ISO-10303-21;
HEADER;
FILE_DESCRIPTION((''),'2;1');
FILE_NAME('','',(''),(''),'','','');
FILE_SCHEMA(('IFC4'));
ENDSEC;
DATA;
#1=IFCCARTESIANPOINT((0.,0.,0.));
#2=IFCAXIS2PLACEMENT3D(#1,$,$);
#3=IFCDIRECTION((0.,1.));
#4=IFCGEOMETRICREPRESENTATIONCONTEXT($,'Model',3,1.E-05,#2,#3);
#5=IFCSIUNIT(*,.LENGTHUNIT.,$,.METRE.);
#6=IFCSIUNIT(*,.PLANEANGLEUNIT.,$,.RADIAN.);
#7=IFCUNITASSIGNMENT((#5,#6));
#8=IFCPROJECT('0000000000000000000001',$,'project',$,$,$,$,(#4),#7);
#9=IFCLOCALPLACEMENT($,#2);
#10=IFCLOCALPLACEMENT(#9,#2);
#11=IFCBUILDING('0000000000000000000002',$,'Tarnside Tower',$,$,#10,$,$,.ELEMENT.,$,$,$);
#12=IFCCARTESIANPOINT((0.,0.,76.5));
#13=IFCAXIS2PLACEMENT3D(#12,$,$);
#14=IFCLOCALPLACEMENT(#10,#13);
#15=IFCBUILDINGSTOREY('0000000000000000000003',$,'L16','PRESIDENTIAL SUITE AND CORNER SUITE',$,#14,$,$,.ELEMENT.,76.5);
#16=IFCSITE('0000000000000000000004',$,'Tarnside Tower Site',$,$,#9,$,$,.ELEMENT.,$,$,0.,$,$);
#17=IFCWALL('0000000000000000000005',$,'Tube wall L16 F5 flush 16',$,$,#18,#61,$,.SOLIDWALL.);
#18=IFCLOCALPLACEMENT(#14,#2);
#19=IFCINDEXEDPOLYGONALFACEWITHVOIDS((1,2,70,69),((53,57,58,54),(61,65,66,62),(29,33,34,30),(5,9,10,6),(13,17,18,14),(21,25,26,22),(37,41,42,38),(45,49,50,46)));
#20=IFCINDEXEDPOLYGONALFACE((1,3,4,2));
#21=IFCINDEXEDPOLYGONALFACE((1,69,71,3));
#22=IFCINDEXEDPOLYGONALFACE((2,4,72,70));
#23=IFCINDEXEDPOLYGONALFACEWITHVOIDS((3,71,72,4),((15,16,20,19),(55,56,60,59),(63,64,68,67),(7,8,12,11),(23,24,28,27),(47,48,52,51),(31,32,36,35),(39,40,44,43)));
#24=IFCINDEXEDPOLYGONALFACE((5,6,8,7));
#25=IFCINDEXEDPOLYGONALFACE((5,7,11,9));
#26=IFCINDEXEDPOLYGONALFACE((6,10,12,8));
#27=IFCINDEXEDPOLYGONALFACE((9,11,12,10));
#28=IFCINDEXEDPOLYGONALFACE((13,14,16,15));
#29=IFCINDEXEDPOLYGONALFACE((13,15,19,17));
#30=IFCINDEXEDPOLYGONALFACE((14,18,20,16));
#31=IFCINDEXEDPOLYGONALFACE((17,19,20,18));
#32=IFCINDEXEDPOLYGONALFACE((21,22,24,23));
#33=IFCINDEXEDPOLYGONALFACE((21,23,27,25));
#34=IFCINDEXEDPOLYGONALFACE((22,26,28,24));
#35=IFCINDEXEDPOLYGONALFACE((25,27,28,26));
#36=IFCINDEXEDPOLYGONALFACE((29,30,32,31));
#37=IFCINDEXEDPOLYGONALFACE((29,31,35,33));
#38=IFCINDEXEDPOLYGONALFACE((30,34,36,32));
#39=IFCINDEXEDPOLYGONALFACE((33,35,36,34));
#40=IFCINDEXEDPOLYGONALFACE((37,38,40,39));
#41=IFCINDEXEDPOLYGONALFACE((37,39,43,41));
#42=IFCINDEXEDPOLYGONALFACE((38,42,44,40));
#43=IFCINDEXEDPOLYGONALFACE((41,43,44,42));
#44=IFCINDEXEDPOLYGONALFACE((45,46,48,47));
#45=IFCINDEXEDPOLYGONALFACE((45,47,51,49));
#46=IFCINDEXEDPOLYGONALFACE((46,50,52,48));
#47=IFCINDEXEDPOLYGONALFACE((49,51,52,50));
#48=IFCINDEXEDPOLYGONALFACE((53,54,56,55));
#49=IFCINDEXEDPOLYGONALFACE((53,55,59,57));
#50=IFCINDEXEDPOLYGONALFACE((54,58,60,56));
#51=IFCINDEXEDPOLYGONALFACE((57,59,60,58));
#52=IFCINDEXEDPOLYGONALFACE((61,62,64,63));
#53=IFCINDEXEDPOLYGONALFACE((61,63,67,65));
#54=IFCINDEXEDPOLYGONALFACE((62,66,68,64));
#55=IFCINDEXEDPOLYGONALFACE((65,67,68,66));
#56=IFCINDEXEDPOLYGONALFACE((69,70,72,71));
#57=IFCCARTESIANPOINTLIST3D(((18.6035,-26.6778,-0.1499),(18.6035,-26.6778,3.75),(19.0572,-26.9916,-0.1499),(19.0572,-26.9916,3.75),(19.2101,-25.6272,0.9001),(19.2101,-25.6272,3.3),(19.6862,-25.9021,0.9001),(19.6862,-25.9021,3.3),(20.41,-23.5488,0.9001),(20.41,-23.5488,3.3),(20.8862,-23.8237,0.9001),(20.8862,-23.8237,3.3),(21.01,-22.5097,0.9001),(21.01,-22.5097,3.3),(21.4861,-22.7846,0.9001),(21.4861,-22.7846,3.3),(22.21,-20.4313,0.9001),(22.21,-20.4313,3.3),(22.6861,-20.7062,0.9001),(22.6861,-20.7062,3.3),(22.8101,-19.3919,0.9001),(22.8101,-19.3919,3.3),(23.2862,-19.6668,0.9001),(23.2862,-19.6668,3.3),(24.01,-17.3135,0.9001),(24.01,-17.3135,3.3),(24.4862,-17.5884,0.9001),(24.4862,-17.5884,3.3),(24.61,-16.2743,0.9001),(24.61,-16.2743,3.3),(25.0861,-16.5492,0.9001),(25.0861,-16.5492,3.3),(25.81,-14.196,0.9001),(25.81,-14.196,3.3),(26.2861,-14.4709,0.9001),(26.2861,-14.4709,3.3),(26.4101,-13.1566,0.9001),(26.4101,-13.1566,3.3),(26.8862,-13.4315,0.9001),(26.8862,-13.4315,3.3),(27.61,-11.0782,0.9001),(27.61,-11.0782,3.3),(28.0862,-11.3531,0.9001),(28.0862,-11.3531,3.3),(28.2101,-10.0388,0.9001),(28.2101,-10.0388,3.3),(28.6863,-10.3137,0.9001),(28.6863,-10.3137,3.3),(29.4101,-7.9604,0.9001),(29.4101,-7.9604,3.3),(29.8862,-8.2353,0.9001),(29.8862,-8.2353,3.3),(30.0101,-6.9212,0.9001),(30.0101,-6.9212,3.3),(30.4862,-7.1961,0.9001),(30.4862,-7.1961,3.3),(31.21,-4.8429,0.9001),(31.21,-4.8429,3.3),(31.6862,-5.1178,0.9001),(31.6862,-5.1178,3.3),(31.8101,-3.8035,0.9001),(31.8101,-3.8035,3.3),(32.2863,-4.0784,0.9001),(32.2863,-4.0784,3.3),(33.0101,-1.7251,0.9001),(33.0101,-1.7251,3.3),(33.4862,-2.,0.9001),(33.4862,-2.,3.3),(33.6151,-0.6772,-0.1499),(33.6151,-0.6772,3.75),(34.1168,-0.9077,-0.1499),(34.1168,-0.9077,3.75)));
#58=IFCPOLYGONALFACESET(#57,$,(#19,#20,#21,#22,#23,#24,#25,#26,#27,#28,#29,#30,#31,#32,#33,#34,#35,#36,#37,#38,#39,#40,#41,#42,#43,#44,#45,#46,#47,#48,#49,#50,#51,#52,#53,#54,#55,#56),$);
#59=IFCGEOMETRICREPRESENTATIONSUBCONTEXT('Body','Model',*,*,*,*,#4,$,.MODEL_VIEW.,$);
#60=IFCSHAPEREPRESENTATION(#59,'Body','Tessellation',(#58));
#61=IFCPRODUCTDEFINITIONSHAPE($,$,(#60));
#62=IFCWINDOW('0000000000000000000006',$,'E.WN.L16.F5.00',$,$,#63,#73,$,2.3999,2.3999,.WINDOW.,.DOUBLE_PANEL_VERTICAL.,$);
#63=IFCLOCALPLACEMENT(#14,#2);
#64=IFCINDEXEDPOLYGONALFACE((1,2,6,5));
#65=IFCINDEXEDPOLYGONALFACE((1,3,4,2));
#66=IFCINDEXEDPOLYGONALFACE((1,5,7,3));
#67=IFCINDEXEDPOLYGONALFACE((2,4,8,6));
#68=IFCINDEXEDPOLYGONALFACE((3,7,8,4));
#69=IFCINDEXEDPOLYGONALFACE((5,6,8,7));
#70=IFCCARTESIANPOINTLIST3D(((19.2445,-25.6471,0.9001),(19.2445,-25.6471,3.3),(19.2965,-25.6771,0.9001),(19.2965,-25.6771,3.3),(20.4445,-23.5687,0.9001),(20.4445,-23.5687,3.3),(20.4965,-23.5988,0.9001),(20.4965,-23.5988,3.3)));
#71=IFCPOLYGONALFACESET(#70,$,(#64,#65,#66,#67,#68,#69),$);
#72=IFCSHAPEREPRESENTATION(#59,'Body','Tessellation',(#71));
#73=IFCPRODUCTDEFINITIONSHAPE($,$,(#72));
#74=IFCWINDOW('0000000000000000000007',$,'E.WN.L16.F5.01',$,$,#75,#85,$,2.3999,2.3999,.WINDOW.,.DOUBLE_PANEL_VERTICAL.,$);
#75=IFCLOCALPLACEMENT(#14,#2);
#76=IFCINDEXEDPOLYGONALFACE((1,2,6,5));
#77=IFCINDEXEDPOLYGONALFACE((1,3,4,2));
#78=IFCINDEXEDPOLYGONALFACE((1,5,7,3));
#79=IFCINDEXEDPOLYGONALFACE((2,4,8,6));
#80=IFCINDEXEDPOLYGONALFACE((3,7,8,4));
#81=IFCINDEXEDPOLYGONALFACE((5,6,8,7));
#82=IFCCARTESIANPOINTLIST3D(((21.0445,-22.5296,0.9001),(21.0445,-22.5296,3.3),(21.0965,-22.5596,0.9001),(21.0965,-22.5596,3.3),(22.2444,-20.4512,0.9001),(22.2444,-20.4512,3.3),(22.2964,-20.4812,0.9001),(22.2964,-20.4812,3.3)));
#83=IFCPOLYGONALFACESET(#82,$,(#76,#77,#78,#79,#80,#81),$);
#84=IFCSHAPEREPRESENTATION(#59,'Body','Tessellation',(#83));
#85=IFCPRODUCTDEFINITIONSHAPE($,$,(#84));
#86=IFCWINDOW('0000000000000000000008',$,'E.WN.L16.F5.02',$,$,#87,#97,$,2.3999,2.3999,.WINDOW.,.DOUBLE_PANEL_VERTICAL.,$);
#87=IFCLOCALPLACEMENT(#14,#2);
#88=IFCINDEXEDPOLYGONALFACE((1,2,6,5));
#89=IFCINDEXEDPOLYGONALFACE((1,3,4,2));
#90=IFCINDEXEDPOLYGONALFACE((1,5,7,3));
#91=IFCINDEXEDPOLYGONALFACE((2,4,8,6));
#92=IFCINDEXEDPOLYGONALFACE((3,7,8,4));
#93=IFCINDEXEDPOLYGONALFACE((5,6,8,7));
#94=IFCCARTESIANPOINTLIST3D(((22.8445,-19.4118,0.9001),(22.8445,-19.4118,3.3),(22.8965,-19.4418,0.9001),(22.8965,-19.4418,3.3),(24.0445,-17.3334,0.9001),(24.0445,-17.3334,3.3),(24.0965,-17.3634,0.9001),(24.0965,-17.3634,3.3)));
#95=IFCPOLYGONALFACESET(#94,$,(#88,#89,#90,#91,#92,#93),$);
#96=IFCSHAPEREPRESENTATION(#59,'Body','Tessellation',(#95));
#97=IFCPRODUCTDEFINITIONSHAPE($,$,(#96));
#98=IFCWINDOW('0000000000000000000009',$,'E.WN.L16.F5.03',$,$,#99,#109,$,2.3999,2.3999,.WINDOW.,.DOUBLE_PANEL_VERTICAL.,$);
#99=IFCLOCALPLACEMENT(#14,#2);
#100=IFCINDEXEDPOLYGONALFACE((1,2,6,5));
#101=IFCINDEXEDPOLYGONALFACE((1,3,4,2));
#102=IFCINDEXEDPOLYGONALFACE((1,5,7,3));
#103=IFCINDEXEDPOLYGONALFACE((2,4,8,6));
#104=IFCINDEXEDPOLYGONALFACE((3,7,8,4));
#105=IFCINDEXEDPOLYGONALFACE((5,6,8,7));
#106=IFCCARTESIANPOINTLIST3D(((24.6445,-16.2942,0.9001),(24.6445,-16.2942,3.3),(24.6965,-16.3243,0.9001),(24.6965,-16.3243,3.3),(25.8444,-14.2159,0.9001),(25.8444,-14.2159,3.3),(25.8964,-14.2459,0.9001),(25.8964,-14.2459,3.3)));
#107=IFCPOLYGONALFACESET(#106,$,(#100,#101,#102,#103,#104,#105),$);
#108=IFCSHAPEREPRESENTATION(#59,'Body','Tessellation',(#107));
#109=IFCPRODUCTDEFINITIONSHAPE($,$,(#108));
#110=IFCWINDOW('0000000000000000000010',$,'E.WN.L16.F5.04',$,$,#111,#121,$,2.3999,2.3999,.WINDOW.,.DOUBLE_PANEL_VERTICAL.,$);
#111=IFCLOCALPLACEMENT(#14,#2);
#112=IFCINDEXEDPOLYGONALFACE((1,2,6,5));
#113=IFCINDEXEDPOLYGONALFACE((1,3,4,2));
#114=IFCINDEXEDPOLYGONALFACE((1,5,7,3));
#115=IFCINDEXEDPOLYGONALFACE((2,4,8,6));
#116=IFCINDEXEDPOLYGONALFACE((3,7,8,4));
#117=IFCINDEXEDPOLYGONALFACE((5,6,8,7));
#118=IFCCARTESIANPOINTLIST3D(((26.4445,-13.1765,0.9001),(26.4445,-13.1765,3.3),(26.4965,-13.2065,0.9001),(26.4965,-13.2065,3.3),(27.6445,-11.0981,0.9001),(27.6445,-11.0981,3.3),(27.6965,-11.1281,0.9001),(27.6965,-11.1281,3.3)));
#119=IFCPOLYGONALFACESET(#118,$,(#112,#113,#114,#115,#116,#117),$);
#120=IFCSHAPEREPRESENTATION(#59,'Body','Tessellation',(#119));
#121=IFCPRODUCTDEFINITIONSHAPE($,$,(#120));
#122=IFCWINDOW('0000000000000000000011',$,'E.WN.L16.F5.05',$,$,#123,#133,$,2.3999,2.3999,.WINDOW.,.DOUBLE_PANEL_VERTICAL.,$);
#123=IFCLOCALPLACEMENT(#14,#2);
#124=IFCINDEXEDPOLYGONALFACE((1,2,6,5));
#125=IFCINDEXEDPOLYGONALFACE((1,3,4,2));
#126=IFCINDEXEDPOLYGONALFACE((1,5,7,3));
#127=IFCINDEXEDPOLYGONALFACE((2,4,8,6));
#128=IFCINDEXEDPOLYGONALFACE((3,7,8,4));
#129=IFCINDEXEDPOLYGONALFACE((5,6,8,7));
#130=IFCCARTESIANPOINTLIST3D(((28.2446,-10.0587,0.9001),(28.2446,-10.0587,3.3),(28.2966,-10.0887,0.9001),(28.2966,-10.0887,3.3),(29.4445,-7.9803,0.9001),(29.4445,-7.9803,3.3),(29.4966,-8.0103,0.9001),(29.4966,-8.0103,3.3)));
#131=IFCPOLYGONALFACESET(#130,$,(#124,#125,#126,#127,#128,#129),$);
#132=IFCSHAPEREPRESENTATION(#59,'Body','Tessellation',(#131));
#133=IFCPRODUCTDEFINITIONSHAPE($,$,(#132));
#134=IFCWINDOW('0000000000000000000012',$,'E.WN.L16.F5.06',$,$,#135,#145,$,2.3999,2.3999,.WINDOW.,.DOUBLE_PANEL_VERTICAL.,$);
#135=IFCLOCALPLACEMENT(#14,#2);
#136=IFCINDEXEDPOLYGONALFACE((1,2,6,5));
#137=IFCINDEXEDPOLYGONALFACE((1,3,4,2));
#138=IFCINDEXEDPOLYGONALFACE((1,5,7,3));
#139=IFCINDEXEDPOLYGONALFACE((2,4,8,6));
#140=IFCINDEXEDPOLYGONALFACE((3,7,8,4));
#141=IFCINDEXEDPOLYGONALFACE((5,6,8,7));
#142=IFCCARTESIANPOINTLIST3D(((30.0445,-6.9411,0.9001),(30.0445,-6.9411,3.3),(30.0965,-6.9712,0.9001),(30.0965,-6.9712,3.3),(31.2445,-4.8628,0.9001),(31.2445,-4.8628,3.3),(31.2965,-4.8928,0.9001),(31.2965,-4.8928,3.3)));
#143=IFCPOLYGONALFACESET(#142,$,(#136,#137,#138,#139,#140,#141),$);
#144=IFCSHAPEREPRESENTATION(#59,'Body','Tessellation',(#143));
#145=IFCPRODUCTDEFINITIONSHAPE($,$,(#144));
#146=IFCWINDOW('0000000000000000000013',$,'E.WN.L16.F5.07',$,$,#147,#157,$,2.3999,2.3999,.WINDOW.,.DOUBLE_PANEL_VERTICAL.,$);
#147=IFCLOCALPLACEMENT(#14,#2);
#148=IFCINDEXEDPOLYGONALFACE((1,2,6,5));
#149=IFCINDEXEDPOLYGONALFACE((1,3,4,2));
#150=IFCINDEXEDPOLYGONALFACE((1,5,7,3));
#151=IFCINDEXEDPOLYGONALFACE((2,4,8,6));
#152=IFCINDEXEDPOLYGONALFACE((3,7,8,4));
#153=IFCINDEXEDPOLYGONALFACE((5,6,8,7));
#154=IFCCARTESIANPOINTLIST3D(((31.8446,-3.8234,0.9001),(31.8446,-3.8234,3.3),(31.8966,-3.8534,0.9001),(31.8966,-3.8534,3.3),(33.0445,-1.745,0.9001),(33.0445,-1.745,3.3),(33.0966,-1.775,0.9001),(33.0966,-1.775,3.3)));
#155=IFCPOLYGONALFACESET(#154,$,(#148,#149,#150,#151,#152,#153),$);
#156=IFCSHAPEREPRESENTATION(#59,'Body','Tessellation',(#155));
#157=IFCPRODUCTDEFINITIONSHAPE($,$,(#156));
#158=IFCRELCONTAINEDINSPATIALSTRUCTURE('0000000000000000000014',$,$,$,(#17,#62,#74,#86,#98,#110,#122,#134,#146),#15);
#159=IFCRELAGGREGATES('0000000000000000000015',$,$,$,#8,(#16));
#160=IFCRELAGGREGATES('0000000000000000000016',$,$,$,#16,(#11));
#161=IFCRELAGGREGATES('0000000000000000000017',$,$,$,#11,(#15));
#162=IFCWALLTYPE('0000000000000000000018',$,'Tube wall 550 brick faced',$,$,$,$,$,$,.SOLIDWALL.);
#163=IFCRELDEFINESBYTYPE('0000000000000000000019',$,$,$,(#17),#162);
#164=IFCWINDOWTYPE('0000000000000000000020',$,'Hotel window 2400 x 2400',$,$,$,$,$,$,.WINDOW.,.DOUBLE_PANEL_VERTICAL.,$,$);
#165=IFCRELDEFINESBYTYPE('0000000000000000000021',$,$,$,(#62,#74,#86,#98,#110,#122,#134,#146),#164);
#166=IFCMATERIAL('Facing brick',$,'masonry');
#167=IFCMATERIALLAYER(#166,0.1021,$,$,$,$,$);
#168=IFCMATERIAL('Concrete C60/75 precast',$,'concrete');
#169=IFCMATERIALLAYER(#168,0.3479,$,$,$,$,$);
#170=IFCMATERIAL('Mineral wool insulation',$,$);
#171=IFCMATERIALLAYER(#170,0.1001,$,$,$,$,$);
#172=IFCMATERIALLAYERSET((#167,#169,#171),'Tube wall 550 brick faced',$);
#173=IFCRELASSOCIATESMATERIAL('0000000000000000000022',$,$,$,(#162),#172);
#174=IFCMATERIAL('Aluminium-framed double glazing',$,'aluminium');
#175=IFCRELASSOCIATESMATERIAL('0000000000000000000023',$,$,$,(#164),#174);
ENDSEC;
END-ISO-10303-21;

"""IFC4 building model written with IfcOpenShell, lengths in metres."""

from ifc_helpers import new_model, si_unit, direction, frame, frame_2d, origin, place, context, subcontext, project, spatial, polyline, rectangle, outline, extrude, material, layer, layer_set, type_object, element, fill, save


model = new_model("IFC4")

# Units and contexts
model_context = context("Model", 3, precision=1e-05, world=origin(), true_north=direction((0.0, 1.0)))
body_context = subcontext(model_context, "Body", "Model", "MODEL_VIEW")
ifc_project = project(units=[si_unit("LENGTHUNIT", "METRE"), si_unit("PLANEANGLEUNIT", "RADIAN")], contexts=[model_context])

# Site, building, storey
site_placement = place(None, origin())
site = spatial("IfcSite", under=ifc_project, at=site_placement, Name="Tarnside Tower Site", CompositionType="ELEMENT", RefElevation=0.0)
building_placement = place(site_placement, origin())
building = spatial("IfcBuilding", under=site, at=building_placement, Name="Tarnside Tower", CompositionType="ELEMENT")
storey_placement = place(building_placement, frame((0.0, 0.0, 76.5)))
storey = spatial("IfcBuildingStorey", under=building, at=storey_placement, Name="L16", Description="PRESIDENTIAL SUITE AND CORNER SUITE", CompositionType="ELEMENT", Elevation=76.5)

# Shared definitions
ifc_material_1 = material(Name="Facing brick", Category="masonry")
ifc_layer_1 = layer(ifc_material_1, 0.1021)
ifc_material_2 = material(Name="Concrete C60/75 precast", Category="concrete")
ifc_layer_2 = layer(ifc_material_2, 0.3479)
ifc_material_3 = material(Name="Mineral wool insulation")
ifc_layer_3 = layer(ifc_material_3, 0.1001)
ifc_layer_set_1 = layer_set([ifc_layer_1, ifc_layer_2, ifc_layer_3], Name="Tube wall 550 brick faced")
wall_type_1 = type_object("IfcWallType", Name="Tube wall 550 brick faced", PredefinedType="SOLIDWALL", material=ifc_layer_set_1)

# Wall, openings, windows
wall_1_placement = place(storey_placement, frame((18.8303, -26.8347, -0.1499), z_axis=(0.0, 0.0, 1.0), x_axis=(0.500004, 0.866023, 0.0)))
wall_1 = element("IfcWall", 1, at=wall_1_placement, inside=storey, type_object=wall_type_1, Name="Tube wall L16 F5 flush 16", PredefinedType="SOLIDWALL", context=body_context, shape_type="SweptSolid", body=[
    extrude(outline(polyline([(-0.0225, -0.2749), (30.0967, -0.2749), (30.0454, 0.2749), (0.0225, 0.2749), (-0.0225, -0.2749)])), origin(), (0.0, 0.0, 1.0), 3.8999),
])
opening_1_placement = place(wall_1_placement, frame((1.2356, 0.0, 1.05)))
opening_1 = element("IfcOpeningElement", 2, at=opening_1_placement, cuts=wall_1, PredefinedType="OPENING", context=body_context, shape_type="SweptSolid", body=[
    extrude(rectangle(XDim=2.3999, YDim=2.3999, at=frame_2d((1.2, 1.2))), frame((0.0, 0.2852, 0.0), z_axis=(0.0, -1.0, 0.0), x_axis=(1.0, 0.0, 0.0)), (0.0, 0.0, 1.0), 0.5701),
])
opening_2_placement = place(wall_1_placement, frame((4.8354, 0.0, 1.05)))
opening_2 = element("IfcOpeningElement", 3, at=opening_2_placement, cuts=wall_1, PredefinedType="OPENING", context=body_context, shape_type="SweptSolid", body=[
    extrude(rectangle(XDim=2.3999, YDim=2.3999, at=frame_2d((1.2, 1.2))), frame((0.0, 0.2852, 0.0), z_axis=(0.0, -1.0, 0.0), x_axis=(1.0, 0.0, 0.0)), (0.0, 0.0, 1.0), 0.5701),
])
opening_3_placement = place(wall_1_placement, frame((8.4355, 0.0, 1.05)))
opening_3 = element("IfcOpeningElement", 4, at=opening_3_placement, cuts=wall_1, PredefinedType="OPENING", context=body_context, shape_type="SweptSolid", body=[
    extrude(rectangle(XDim=2.3999, YDim=2.3999, at=frame_2d((1.2, 1.2))), frame((0.0, 0.2852, 0.0), z_axis=(0.0, -1.0, 0.0), x_axis=(1.0, 0.0, 0.0)), (0.0, 0.0, 1.0), 0.5701),
])
opening_4_placement = place(wall_1_placement, frame((12.0354, 0.0, 1.05)))
opening_4 = element("IfcOpeningElement", 5, at=opening_4_placement, cuts=wall_1, PredefinedType="OPENING", context=body_context, shape_type="SweptSolid", body=[
    extrude(rectangle(XDim=2.3999, YDim=2.3999, at=frame_2d((1.2, 1.2))), frame((0.0, 0.2852, 0.0), z_axis=(0.0, -1.0, 0.0), x_axis=(1.0, 0.0, 0.0)), (0.0, 0.0, 1.0), 0.5701),
])
opening_5_placement = place(wall_1_placement, frame((15.6355, 0.0, 1.05)))
opening_5 = element("IfcOpeningElement", 6, at=opening_5_placement, cuts=wall_1, PredefinedType="OPENING", context=body_context, shape_type="SweptSolid", body=[
    extrude(rectangle(XDim=2.3999, YDim=2.3999, at=frame_2d((1.2, 1.2))), frame((0.0, 0.2852, 0.0), z_axis=(0.0, -1.0, 0.0), x_axis=(1.0, 0.0, 0.0)), (0.0, 0.0, 1.0), 0.5701),
])
opening_6_placement = place(wall_1_placement, frame((19.2356, 0.0, 1.05)))
opening_6 = element("IfcOpeningElement", 7, at=opening_6_placement, cuts=wall_1, PredefinedType="OPENING", context=body_context, shape_type="SweptSolid", body=[
    extrude(rectangle(XDim=2.3999, YDim=2.3999, at=frame_2d((1.2, 1.2))), frame((0.0, 0.2852, 0.0), z_axis=(0.0, -1.0, 0.0), x_axis=(1.0, 0.0, 0.0)), (0.0, 0.0, 1.0), 0.5701),
])
opening_7_placement = place(wall_1_placement, frame((22.8354, 0.0, 1.05)))
opening_7 = element("IfcOpeningElement", 8, at=opening_7_placement, cuts=wall_1, PredefinedType="OPENING", context=body_context, shape_type="SweptSolid", body=[
    extrude(rectangle(XDim=2.3999, YDim=2.3999, at=frame_2d((1.2, 1.2))), frame((0.0, 0.2852, 0.0), z_axis=(0.0, -1.0, 0.0), x_axis=(1.0, 0.0, 0.0)), (0.0, 0.0, 1.0), 0.5701),
])
opening_8_placement = place(wall_1_placement, frame((26.4355, 0.0, 1.05)))
opening_8 = element("IfcOpeningElement", 9, at=opening_8_placement, cuts=wall_1, PredefinedType="OPENING", context=body_context, shape_type="SweptSolid", body=[
    extrude(rectangle(XDim=2.3999, YDim=2.3999, at=frame_2d((1.2, 1.2))), frame((0.0, 0.2852, 0.0), z_axis=(0.0, -1.0, 0.0), x_axis=(1.0, 0.0, 0.0)), (0.0, 0.0, 1.0), 0.5701),
])
ifc_material_4 = material(Name="Aluminium-framed double glazing", Category="aluminium")
window_type = type_object("IfcWindowType", Name="Hotel window 2400 x 2400", PartitioningType="DOUBLE_PANEL_VERTICAL", PredefinedType="WINDOW", material=ifc_material_4)
window_1_placement = place(opening_1_placement, frame((0.0, 0.2051, 0.0)))
window_1 = element("IfcWindow", 10, at=window_1_placement, inside=storey, type_object=window_type, Name="E.WN.L16.F5.00", OverallHeight=2.3999, OverallWidth=2.3999, PartitioningType="DOUBLE_PANEL_VERTICAL", PredefinedType="WINDOW", context=body_context, shape_type="SweptSolid", body=[
    extrude(rectangle(XDim=2.3999, YDim=2.3999, at=frame_2d((1.2, 1.2))), frame((0.0, 0.03, 0.0), z_axis=(0.0, -1.0, 0.0), x_axis=(1.0, 0.0, 0.0)), (0.0, 0.0, 1.0), 0.0601),
])
fill(opening_1, window_1)
window_2_placement = place(opening_2_placement, frame((0.0, 0.2051, 0.0)))
window_2 = element("IfcWindow", 11, at=window_2_placement, inside=storey, type_object=window_type, Name="E.WN.L16.F5.01", OverallHeight=2.3999, OverallWidth=2.3999, PartitioningType="DOUBLE_PANEL_VERTICAL", PredefinedType="WINDOW", context=body_context, shape_type="SweptSolid", body=[
    extrude(rectangle(XDim=2.3999, YDim=2.3999, at=frame_2d((1.2, 1.2))), frame((0.0, 0.03, 0.0), z_axis=(0.0, -1.0, 0.0), x_axis=(1.0, 0.0, 0.0)), (0.0, 0.0, 1.0), 0.0601),
])
fill(opening_2, window_2)
window_3_placement = place(opening_3_placement, frame((0.0, 0.2051, 0.0)))
window_3 = element("IfcWindow", 12, at=window_3_placement, inside=storey, type_object=window_type, Name="E.WN.L16.F5.02", OverallHeight=2.3999, OverallWidth=2.3999, PartitioningType="DOUBLE_PANEL_VERTICAL", PredefinedType="WINDOW", context=body_context, shape_type="SweptSolid", body=[
    extrude(rectangle(XDim=2.3999, YDim=2.3999, at=frame_2d((1.2, 1.2))), frame((0.0, 0.03, 0.0), z_axis=(0.0, -1.0, 0.0), x_axis=(1.0, 0.0, 0.0)), (0.0, 0.0, 1.0), 0.0601),
])
fill(opening_3, window_3)
window_4_placement = place(opening_4_placement, frame((0.0, 0.2051, 0.0)))
window_4 = element("IfcWindow", 13, at=window_4_placement, inside=storey, type_object=window_type, Name="E.WN.L16.F5.03", OverallHeight=2.3999, OverallWidth=2.3999, PartitioningType="DOUBLE_PANEL_VERTICAL", PredefinedType="WINDOW", context=body_context, shape_type="SweptSolid", body=[
    extrude(rectangle(XDim=2.3999, YDim=2.3999, at=frame_2d((1.2, 1.2))), frame((0.0, 0.03, 0.0), z_axis=(0.0, -1.0, 0.0), x_axis=(1.0, 0.0, 0.0)), (0.0, 0.0, 1.0), 0.0601),
])
fill(opening_4, window_4)
window_5_placement = place(opening_5_placement, frame((0.0, 0.2051, 0.0)))
window_5 = element("IfcWindow", 14, at=window_5_placement, inside=storey, type_object=window_type, Name="E.WN.L16.F5.04", OverallHeight=2.3999, OverallWidth=2.3999, PartitioningType="DOUBLE_PANEL_VERTICAL", PredefinedType="WINDOW", context=body_context, shape_type="SweptSolid", body=[
    extrude(rectangle(XDim=2.3999, YDim=2.3999, at=frame_2d((1.2, 1.2))), frame((0.0, 0.03, 0.0), z_axis=(0.0, -1.0, 0.0), x_axis=(1.0, 0.0, 0.0)), (0.0, 0.0, 1.0), 0.0601),
])
fill(opening_5, window_5)
window_6_placement = place(opening_6_placement, frame((0.0, 0.2051, 0.0)))
window_6 = element("IfcWindow", 15, at=window_6_placement, inside=storey, type_object=window_type, Name="E.WN.L16.F5.05", OverallHeight=2.3999, OverallWidth=2.3999, PartitioningType="DOUBLE_PANEL_VERTICAL", PredefinedType="WINDOW", context=body_context, shape_type="SweptSolid", body=[
    extrude(rectangle(XDim=2.3999, YDim=2.3999, at=frame_2d((1.2, 1.2))), frame((0.0, 0.03, 0.0), z_axis=(0.0, -1.0, 0.0), x_axis=(1.0, 0.0, 0.0)), (0.0, 0.0, 1.0), 0.0601),
])
fill(opening_6, window_6)
window_7_placement = place(opening_7_placement, frame((0.0, 0.2051, 0.0)))
window_7 = element("IfcWindow", 16, at=window_7_placement, inside=storey, type_object=window_type, Name="E.WN.L16.F5.06", OverallHeight=2.3999, OverallWidth=2.3999, PartitioningType="DOUBLE_PANEL_VERTICAL", PredefinedType="WINDOW", context=body_context, shape_type="SweptSolid", body=[
    extrude(rectangle(XDim=2.3999, YDim=2.3999, at=frame_2d((1.2, 1.2))), frame((0.0, 0.03, 0.0), z_axis=(0.0, -1.0, 0.0), x_axis=(1.0, 0.0, 0.0)), (0.0, 0.0, 1.0), 0.0601),
])
fill(opening_7, window_7)
window_8_placement = place(opening_8_placement, frame((0.0, 0.2051, 0.0)))
window_8 = element("IfcWindow", 17, at=window_8_placement, inside=storey, type_object=window_type, Name="E.WN.L16.F5.07", OverallHeight=2.3999, OverallWidth=2.3999, PartitioningType="DOUBLE_PANEL_VERTICAL", PredefinedType="WINDOW", context=body_context, shape_type="SweptSolid", body=[
    extrude(rectangle(XDim=2.3999, YDim=2.3999, at=frame_2d((1.2, 1.2))), frame((0.0, 0.03, 0.0), z_axis=(0.0, -1.0, 0.0), x_axis=(1.0, 0.0, 0.0)), (0.0, 0.0, 1.0), 0.0601),
])
fill(opening_8, window_8)

save(model, "model.ifc")
